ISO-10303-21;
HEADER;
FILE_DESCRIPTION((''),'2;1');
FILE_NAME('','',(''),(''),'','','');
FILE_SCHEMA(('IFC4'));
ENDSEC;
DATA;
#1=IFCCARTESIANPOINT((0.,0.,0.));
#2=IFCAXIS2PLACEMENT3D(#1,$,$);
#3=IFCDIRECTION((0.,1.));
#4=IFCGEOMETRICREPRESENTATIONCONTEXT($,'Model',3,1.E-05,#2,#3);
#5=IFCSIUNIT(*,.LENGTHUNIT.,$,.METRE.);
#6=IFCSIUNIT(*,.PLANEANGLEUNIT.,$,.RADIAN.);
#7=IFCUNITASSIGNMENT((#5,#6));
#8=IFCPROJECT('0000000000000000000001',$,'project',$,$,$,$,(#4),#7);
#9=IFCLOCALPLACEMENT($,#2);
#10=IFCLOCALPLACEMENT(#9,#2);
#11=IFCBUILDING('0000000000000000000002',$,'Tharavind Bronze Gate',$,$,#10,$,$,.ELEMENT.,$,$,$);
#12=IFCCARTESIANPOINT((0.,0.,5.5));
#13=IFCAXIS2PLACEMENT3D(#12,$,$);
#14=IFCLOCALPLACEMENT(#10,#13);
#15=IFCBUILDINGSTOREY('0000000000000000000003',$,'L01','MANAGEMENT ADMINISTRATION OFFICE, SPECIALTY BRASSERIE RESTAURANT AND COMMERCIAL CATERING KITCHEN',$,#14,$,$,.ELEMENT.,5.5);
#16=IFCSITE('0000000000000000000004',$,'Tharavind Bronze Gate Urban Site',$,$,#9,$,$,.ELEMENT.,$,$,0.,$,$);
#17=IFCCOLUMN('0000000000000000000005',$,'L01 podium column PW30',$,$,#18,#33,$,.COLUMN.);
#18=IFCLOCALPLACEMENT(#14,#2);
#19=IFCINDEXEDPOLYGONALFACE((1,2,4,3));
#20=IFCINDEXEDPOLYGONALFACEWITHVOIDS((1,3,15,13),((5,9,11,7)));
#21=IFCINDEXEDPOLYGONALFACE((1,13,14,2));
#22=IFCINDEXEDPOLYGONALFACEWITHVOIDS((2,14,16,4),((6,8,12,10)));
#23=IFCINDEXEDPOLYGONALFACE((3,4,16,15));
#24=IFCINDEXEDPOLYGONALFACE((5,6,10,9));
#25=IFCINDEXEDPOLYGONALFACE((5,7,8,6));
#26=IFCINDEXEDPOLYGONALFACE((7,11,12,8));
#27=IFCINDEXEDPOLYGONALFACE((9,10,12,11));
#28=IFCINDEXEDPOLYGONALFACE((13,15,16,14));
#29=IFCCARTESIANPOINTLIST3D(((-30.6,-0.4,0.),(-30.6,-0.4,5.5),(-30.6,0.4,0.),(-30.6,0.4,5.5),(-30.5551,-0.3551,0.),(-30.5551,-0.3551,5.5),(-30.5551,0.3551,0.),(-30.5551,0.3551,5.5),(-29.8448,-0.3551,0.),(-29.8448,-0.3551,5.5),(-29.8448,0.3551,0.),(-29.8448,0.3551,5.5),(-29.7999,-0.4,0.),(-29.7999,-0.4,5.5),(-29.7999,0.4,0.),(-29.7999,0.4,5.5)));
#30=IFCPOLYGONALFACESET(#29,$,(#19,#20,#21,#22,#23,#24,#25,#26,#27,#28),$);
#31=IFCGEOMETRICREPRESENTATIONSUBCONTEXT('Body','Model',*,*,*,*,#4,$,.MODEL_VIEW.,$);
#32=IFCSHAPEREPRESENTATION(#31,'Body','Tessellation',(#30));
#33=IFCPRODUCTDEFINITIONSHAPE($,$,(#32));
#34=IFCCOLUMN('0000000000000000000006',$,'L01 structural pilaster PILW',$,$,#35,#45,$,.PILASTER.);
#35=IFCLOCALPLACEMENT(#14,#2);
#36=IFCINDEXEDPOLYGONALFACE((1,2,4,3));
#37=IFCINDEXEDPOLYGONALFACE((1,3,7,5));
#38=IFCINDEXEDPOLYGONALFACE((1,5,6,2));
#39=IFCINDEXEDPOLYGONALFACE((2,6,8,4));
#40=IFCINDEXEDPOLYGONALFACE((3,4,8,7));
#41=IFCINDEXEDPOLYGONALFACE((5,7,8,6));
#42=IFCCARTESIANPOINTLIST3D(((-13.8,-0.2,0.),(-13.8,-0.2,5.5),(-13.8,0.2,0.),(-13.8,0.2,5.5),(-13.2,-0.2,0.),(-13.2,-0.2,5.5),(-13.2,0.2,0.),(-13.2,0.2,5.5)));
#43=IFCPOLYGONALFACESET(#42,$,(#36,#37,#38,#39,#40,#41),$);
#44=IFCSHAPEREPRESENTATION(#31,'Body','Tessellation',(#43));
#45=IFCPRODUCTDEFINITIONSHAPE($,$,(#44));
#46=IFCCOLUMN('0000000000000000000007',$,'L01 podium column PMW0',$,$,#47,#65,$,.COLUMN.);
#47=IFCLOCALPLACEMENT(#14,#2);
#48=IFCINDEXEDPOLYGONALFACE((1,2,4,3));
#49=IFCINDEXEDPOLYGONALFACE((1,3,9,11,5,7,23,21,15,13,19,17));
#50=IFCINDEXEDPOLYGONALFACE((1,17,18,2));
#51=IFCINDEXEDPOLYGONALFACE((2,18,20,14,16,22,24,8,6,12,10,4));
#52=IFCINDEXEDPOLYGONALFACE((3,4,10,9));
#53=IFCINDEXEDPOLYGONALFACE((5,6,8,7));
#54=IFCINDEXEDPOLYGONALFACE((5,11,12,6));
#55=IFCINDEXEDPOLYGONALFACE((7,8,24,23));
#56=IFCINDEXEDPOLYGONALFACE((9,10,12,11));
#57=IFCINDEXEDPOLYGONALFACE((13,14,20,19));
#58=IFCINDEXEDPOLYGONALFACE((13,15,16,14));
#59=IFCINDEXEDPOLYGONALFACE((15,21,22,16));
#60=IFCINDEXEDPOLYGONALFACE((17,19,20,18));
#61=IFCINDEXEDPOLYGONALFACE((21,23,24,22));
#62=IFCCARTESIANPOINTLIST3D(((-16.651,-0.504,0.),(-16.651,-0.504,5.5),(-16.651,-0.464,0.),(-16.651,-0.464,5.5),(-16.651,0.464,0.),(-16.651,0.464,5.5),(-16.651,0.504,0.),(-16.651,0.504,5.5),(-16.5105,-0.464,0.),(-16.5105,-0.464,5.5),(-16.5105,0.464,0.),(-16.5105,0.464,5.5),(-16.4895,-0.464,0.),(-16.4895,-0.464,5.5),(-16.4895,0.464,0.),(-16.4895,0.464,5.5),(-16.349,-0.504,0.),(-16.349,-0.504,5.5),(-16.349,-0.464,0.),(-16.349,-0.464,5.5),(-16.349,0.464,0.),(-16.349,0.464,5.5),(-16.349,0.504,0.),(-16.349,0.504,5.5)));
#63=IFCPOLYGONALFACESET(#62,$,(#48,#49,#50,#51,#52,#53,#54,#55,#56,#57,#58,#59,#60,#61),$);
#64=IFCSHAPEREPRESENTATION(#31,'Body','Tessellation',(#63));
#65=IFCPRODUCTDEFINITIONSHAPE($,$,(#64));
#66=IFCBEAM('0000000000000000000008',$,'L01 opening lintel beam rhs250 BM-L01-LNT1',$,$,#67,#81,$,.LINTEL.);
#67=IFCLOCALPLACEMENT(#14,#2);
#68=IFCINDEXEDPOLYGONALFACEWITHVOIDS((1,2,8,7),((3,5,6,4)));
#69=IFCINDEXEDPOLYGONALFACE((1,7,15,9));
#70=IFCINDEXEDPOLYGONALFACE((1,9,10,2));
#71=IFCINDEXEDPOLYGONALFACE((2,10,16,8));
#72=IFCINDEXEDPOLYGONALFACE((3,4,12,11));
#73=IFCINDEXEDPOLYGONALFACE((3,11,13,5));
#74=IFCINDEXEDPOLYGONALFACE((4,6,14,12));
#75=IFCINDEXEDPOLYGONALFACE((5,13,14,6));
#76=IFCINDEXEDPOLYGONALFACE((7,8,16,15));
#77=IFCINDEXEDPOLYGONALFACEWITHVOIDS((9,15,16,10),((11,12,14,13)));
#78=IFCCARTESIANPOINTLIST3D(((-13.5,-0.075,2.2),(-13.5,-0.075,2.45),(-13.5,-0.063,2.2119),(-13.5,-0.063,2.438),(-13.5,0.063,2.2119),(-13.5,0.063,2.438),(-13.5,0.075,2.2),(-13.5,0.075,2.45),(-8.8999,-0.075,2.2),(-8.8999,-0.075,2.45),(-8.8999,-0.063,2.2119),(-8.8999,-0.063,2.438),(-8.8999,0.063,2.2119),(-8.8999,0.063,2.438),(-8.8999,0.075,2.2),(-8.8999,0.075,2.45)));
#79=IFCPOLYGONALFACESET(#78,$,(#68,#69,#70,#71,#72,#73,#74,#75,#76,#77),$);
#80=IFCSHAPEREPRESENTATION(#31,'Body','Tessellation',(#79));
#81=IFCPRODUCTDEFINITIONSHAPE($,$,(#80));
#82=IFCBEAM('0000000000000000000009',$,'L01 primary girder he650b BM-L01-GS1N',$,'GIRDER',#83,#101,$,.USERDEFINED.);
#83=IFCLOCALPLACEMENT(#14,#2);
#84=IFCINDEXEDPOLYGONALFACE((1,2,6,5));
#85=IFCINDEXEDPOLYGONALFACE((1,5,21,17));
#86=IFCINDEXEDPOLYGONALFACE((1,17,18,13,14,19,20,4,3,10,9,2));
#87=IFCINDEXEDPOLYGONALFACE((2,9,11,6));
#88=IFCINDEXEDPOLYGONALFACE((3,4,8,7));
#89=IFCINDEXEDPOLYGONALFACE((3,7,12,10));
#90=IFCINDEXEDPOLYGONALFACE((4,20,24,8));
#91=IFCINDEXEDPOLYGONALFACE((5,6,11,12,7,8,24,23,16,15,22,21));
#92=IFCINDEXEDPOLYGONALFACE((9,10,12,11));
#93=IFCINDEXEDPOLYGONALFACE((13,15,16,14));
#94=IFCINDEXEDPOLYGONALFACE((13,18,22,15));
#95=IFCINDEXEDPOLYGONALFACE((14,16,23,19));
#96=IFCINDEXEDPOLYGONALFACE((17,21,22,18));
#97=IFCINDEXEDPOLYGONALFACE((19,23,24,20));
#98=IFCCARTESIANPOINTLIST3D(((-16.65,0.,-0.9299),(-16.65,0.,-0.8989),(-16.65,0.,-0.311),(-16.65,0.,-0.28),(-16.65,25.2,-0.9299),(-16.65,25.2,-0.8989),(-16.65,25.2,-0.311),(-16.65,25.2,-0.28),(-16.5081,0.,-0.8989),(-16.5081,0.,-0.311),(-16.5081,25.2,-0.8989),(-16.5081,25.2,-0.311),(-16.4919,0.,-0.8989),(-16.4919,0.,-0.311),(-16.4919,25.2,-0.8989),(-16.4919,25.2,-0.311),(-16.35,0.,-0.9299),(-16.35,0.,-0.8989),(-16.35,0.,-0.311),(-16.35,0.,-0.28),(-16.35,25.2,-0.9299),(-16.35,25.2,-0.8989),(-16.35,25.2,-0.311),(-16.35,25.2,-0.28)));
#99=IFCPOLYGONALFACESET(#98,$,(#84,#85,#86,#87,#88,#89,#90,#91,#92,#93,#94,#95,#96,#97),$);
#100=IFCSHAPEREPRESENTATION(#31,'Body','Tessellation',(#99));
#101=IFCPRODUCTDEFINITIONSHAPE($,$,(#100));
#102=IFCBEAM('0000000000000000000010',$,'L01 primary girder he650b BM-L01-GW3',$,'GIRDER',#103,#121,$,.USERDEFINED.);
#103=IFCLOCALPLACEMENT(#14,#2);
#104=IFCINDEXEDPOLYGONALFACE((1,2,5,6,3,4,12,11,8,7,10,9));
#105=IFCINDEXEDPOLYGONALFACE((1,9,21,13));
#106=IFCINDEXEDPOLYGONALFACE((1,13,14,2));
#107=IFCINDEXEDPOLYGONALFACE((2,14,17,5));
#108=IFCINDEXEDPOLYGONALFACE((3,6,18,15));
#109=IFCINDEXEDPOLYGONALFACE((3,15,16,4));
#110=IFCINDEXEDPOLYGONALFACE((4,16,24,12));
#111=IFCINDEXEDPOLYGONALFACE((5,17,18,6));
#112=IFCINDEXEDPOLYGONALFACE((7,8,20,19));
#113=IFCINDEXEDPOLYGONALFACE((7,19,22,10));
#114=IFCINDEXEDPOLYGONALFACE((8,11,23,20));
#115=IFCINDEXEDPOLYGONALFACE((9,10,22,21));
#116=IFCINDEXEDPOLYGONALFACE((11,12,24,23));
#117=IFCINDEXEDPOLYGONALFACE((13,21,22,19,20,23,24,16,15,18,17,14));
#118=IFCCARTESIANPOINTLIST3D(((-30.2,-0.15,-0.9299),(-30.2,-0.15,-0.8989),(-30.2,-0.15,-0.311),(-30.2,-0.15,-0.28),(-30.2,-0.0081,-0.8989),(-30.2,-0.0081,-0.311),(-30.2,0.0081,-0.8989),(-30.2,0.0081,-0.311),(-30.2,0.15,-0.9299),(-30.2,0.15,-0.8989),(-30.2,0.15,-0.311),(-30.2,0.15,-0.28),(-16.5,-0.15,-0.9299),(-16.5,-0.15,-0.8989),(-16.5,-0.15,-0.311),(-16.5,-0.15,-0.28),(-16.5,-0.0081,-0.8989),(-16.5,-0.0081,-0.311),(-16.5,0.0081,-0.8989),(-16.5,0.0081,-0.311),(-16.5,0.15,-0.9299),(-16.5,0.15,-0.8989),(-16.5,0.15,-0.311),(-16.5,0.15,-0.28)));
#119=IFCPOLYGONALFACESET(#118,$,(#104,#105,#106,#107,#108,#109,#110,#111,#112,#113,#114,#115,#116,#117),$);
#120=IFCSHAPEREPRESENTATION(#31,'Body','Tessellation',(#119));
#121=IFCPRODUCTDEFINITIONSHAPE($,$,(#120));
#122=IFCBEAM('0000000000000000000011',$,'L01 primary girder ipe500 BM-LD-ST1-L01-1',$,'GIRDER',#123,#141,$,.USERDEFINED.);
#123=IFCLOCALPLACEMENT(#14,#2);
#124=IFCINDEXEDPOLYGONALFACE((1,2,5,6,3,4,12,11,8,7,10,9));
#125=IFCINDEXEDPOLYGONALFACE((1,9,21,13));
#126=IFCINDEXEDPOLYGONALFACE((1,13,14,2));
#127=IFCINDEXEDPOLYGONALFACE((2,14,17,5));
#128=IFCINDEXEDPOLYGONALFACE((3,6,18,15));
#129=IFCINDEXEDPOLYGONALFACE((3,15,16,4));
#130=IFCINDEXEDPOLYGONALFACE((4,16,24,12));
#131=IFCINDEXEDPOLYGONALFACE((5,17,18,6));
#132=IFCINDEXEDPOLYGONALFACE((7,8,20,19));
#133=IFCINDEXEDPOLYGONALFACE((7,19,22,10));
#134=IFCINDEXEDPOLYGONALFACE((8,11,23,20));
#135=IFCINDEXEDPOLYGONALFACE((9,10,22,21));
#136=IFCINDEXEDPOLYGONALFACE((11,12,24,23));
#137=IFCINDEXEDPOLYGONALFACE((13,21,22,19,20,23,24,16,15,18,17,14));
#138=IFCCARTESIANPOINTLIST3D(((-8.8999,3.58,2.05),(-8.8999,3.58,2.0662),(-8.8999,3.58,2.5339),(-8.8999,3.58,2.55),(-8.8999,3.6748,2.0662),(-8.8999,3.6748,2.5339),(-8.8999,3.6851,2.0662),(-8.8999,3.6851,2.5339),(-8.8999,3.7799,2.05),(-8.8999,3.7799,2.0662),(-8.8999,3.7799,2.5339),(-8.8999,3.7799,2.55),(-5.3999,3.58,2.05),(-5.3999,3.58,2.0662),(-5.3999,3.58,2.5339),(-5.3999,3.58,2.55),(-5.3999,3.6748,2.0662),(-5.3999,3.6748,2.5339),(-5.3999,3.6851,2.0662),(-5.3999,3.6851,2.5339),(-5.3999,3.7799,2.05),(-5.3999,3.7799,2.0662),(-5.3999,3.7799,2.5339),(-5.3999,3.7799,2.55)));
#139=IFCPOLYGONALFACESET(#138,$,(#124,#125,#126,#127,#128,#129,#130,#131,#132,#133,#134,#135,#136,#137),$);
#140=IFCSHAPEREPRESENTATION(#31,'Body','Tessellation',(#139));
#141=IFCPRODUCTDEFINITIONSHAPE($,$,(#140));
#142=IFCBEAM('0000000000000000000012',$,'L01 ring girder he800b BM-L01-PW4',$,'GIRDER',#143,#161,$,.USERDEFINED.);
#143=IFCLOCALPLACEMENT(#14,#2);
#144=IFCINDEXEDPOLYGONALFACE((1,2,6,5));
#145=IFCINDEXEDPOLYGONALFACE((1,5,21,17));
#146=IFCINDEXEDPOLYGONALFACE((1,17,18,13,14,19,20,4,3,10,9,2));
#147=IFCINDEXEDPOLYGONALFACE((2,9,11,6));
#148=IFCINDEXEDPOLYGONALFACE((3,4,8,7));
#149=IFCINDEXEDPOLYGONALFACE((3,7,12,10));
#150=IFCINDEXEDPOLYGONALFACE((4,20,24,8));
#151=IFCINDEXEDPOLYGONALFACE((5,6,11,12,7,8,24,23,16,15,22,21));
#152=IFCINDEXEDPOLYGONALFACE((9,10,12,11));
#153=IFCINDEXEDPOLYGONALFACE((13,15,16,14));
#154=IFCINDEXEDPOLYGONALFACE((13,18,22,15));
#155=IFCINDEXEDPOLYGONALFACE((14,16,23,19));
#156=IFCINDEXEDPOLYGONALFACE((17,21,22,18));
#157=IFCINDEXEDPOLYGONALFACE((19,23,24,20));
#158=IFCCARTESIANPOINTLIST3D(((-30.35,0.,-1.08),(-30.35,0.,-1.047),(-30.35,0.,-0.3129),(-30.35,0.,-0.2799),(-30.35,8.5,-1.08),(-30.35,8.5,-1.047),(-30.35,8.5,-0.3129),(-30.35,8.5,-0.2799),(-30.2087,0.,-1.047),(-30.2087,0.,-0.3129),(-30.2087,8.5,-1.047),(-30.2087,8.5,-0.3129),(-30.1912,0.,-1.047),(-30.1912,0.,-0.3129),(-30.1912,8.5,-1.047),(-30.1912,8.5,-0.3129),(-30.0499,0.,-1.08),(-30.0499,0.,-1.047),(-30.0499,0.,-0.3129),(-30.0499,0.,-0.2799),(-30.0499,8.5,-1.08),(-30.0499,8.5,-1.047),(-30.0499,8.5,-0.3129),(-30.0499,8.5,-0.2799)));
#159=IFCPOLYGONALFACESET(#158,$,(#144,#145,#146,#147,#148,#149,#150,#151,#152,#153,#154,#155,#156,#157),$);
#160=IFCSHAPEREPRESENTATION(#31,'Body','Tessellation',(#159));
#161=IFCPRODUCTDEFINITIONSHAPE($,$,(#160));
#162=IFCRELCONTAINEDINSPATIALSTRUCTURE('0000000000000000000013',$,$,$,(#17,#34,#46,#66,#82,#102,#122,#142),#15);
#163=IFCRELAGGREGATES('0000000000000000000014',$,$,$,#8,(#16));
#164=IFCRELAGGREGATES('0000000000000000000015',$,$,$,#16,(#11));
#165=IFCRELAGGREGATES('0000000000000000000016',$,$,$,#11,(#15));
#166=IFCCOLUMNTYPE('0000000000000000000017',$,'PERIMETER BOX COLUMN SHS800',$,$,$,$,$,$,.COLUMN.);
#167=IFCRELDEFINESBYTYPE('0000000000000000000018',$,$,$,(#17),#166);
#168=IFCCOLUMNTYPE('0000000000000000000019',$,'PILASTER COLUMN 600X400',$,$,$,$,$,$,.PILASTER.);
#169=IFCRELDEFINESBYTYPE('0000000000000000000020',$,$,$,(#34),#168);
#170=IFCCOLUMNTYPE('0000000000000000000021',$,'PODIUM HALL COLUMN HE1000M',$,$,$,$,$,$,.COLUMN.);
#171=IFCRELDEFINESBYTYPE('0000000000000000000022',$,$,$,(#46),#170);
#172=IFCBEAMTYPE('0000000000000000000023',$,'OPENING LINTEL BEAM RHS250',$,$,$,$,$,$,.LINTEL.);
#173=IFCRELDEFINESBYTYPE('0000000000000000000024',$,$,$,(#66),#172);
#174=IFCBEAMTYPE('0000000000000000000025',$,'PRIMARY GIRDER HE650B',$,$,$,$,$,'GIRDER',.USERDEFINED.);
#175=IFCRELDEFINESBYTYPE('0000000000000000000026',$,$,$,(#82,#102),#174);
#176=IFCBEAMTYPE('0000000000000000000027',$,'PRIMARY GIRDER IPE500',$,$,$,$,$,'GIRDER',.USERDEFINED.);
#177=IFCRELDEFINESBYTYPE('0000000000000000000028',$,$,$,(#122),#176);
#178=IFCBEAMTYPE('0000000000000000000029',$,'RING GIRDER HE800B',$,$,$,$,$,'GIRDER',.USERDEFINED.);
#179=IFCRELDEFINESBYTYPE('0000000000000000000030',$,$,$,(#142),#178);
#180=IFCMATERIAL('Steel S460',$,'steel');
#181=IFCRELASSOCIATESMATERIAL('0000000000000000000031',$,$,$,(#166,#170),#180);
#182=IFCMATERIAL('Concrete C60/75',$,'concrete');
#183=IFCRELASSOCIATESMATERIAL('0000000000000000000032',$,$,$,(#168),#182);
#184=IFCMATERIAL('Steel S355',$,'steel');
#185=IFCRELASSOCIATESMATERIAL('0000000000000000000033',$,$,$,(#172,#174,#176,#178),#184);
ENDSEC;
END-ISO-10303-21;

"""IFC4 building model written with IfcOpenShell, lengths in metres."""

from ifc_helpers import new_model, si_unit, direction, frame, origin, origin_2d, place, context, subcontext, project, spatial, rectangle, hollow_rectangle, i_section, extrude, material, material_profile, profile_set, type_object, element, save


model = new_model("IFC4")

# Units and contexts
model_context = context("Model", 3, precision=1e-05, world=origin(), true_north=direction((0.0, 1.0)))
body_context = subcontext(model_context, "Body", "Model", "MODEL_VIEW")
ifc_project = project(units=[si_unit("LENGTHUNIT", "METRE"), si_unit("PLANEANGLEUNIT", "RADIAN")], contexts=[model_context])

# Site, building, storey
site_placement = place(None, origin())
site = spatial("IfcSite", under=ifc_project, at=site_placement, Name="Tharavind Bronze Gate Urban Site", CompositionType="ELEMENT", RefElevation=0.0)
building_placement = place(site_placement, origin())
building = spatial("IfcBuilding", under=site, at=building_placement, Name="Tharavind Bronze Gate", CompositionType="ELEMENT")
storey_placement = place(building_placement, frame((0.0, 0.0, 5.5)))
storey = spatial("IfcBuildingStorey", under=building, at=storey_placement, Name="L01", Description="MANAGEMENT ADMINISTRATION OFFICE, SPECIALTY BRASSERIE RESTAURANT AND COMMERCIAL CATERING KITCHEN", CompositionType="ELEMENT", Elevation=5.5)

# Columns
ifc_material_1 = material(Name="Steel S460", Category="steel")
ifc_material_profile_1 = material_profile(ifc_material_1, hollow_rectangle(XDim=0.8, YDim=0.8, WallThickness=0.0449, at=origin_2d()), Name="SHS800X45")
ifc_profile_set_1 = profile_set([ifc_material_profile_1], Name="Steel S460")
column_type_1 = type_object("IfcColumnType", Name="PERIMETER BOX COLUMN SHS800", PredefinedType="COLUMN", material=ifc_profile_set_1)
column_1_placement = place(storey_placement, frame((-30.2, 0.0, 0.0), z_axis=(0.0, 0.0, 1.0), x_axis=(1.0, 0.0, 0.0)))
element("IfcColumn", 1, at=column_1_placement, inside=storey, type_object=column_type_1, Name="L01 podium column PW30", PredefinedType="COLUMN", context=body_context, shape_type="SweptSolid", body=[
    extrude(hollow_rectangle(XDim=0.8, YDim=0.8, WallThickness=0.0449, at=origin_2d()), origin(), (0.0, 0.0, 1.0), 5.5),
])
ifc_material_2 = material(Name="Concrete C60/75", Category="concrete")
ifc_material_profile_2 = material_profile(ifc_material_2, rectangle(XDim=0.6001, YDim=0.3999, at=origin_2d()), Name="RCPIL600X400")
ifc_profile_set_2 = profile_set([ifc_material_profile_2], Name="Concrete C60/75")
column_type_2 = type_object("IfcColumnType", Name="PILASTER COLUMN 600X400", PredefinedType="PILASTER", material=ifc_profile_set_2)
column_2_placement = place(storey_placement, frame((-13.5, 0.0, 0.0), z_axis=(0.0, 0.0, 1.0), x_axis=(1.0, 0.0, 0.0)))
element("IfcColumn", 2, at=column_2_placement, inside=storey, type_object=column_type_2, Name="L01 structural pilaster PILW", PredefinedType="PILASTER", context=body_context, shape_type="SweptSolid", body=[
    extrude(rectangle(XDim=0.6001, YDim=0.3999, at=origin_2d()), origin(), (0.0, 0.0, 1.0), 5.5),
])
ifc_material_profile_3 = material_profile(ifc_material_1, i_section(OverallWidth=0.302, OverallDepth=1.0081, WebThickness=0.021, FlangeThickness=0.04, at=origin_2d()), Name="HE1000M")
ifc_profile_set_3 = profile_set([ifc_material_profile_3], Name="Steel S460")
column_type_3 = type_object("IfcColumnType", Name="PODIUM HALL COLUMN HE1000M", PredefinedType="COLUMN", material=ifc_profile_set_3)
column_3_placement = place(storey_placement, frame((-16.5, 0.0, 0.0), z_axis=(0.0, 0.0, 1.0), x_axis=(1.0, 0.0, 0.0)))
element("IfcColumn", 3, at=column_3_placement, inside=storey, type_object=column_type_3, Name="L01 podium column PMW0", PredefinedType="COLUMN", context=body_context, shape_type="SweptSolid", body=[
    extrude(i_section(OverallWidth=0.302, OverallDepth=1.0081, WebThickness=0.021, FlangeThickness=0.04, at=origin_2d()), origin(), (0.0, 0.0, 1.0), 5.5),
])

# Beams
ifc_material_3 = material(Name="Steel S355", Category="steel")
ifc_material_profile_4 = material_profile(ifc_material_3, hollow_rectangle(XDim=0.1499, YDim=0.25, WallThickness=0.012, at=origin_2d()), Name="RHS250X150X12")
ifc_profile_set_4 = profile_set([ifc_material_profile_4], Name="Steel S355")
beam_type_1 = type_object("IfcBeamType", Name="OPENING LINTEL BEAM RHS250", PredefinedType="LINTEL", material=ifc_profile_set_4)
beam_1_placement = place(storey_placement, frame((-13.5, 0.0, 2.325), z_axis=(1.0, 0.0, 0.0), x_axis=(0.0, 1.0, 0.0)))
element("IfcBeam", 4, at=beam_1_placement, inside=storey, type_object=beam_type_1, Name="L01 opening lintel beam rhs250 BM-L01-LNT1", PredefinedType="LINTEL", context=body_context, shape_type="SweptSolid", body=[
    extrude(hollow_rectangle(XDim=0.1499, YDim=0.25, WallThickness=0.012, at=origin_2d()), origin(), (0.0, 0.0, 1.0), 4.6001),
])
ifc_material_profile_5 = material_profile(ifc_material_3, i_section(OverallWidth=0.3, OverallDepth=0.6499, WebThickness=0.0161, FlangeThickness=0.031, at=origin_2d()), Name="HE650B")
ifc_profile_set_5 = profile_set([ifc_material_profile_5], Name="Steel S355")
beam_type_2 = type_object("IfcBeamType", Name="PRIMARY GIRDER HE650B", ElementType="GIRDER", PredefinedType="USERDEFINED", material=ifc_profile_set_5)
beam_2_placement = place(storey_placement, frame((-16.5, 0.0, -0.605), z_axis=(0.0, 1.0, 0.0), x_axis=(-1.0, 0.0, 0.0)))
element("IfcBeam", 5, at=beam_2_placement, inside=storey, type_object=beam_type_2, Name="L01 primary girder he650b BM-L01-GS1N", ObjectType="GIRDER", PredefinedType="USERDEFINED", context=body_context, shape_type="SweptSolid", body=[
    extrude(i_section(OverallWidth=0.3, OverallDepth=0.6499, WebThickness=0.0161, FlangeThickness=0.031, at=origin_2d()), origin(), (0.0, 0.0, 1.0), 25.2),
])
beam_3_placement = place(storey_placement, frame((-30.2, 0.0, -0.605), z_axis=(1.0, 0.0, 0.0), x_axis=(0.0, 1.0, 0.0)))
element("IfcBeam", 6, at=beam_3_placement, inside=storey, type_object=beam_type_2, Name="L01 primary girder he650b BM-L01-GW3", ObjectType="GIRDER", PredefinedType="USERDEFINED", context=body_context, shape_type="SweptSolid", body=[
    extrude(i_section(OverallWidth=0.3, OverallDepth=0.6499, WebThickness=0.0161, FlangeThickness=0.031, at=origin_2d()), origin(), (0.0, 0.0, 1.0), 13.7),
])
ifc_material_profile_6 = material_profile(ifc_material_3, i_section(OverallWidth=0.2, OverallDepth=0.5, WebThickness=0.0103, FlangeThickness=0.0161, at=origin_2d()), Name="IPE500")
ifc_profile_set_6 = profile_set([ifc_material_profile_6], Name="Steel S355")
beam_type_3 = type_object("IfcBeamType", Name="PRIMARY GIRDER IPE500", ElementType="GIRDER", PredefinedType="USERDEFINED", material=ifc_profile_set_6)
beam_4_placement = place(storey_placement, frame((-8.8999, 3.6799, 2.3), z_axis=(1.0, 0.0, 0.0), x_axis=(0.0, 1.0, 0.0)))
element("IfcBeam", 7, at=beam_4_placement, inside=storey, type_object=beam_type_3, Name="L01 primary girder ipe500 BM-LD-ST1-L01-1", ObjectType="GIRDER", PredefinedType="USERDEFINED", context=body_context, shape_type="SweptSolid", body=[
    extrude(i_section(OverallWidth=0.2, OverallDepth=0.5, WebThickness=0.0103, FlangeThickness=0.0161, at=origin_2d()), origin(), (0.0, 0.0, 1.0), 3.5),
])
ifc_material_profile_7 = material_profile(ifc_material_3, i_section(OverallWidth=0.3, OverallDepth=0.8, WebThickness=0.0176, FlangeThickness=0.033, at=origin_2d()), Name="HE800B")
ifc_profile_set_7 = profile_set([ifc_material_profile_7], Name="Steel S355")
beam_type_4 = type_object("IfcBeamType", Name="RING GIRDER HE800B", ElementType="GIRDER", PredefinedType="USERDEFINED", material=ifc_profile_set_7)
beam_5_placement = place(storey_placement, frame((-30.2, 0.0, -0.6799), z_axis=(0.0, 1.0, 0.0), x_axis=(-1.0, 0.0, 0.0)))
element("IfcBeam", 8, at=beam_5_placement, inside=storey, type_object=beam_type_4, Name="L01 ring girder he800b BM-L01-PW4", ObjectType="GIRDER", PredefinedType="USERDEFINED", context=body_context, shape_type="SweptSolid", body=[
    extrude(i_section(OverallWidth=0.3, OverallDepth=0.8, WebThickness=0.0176, FlangeThickness=0.033, at=origin_2d()), origin(), (0.0, 0.0, 1.0), 8.5),
])

save(model, "model.ifc")
